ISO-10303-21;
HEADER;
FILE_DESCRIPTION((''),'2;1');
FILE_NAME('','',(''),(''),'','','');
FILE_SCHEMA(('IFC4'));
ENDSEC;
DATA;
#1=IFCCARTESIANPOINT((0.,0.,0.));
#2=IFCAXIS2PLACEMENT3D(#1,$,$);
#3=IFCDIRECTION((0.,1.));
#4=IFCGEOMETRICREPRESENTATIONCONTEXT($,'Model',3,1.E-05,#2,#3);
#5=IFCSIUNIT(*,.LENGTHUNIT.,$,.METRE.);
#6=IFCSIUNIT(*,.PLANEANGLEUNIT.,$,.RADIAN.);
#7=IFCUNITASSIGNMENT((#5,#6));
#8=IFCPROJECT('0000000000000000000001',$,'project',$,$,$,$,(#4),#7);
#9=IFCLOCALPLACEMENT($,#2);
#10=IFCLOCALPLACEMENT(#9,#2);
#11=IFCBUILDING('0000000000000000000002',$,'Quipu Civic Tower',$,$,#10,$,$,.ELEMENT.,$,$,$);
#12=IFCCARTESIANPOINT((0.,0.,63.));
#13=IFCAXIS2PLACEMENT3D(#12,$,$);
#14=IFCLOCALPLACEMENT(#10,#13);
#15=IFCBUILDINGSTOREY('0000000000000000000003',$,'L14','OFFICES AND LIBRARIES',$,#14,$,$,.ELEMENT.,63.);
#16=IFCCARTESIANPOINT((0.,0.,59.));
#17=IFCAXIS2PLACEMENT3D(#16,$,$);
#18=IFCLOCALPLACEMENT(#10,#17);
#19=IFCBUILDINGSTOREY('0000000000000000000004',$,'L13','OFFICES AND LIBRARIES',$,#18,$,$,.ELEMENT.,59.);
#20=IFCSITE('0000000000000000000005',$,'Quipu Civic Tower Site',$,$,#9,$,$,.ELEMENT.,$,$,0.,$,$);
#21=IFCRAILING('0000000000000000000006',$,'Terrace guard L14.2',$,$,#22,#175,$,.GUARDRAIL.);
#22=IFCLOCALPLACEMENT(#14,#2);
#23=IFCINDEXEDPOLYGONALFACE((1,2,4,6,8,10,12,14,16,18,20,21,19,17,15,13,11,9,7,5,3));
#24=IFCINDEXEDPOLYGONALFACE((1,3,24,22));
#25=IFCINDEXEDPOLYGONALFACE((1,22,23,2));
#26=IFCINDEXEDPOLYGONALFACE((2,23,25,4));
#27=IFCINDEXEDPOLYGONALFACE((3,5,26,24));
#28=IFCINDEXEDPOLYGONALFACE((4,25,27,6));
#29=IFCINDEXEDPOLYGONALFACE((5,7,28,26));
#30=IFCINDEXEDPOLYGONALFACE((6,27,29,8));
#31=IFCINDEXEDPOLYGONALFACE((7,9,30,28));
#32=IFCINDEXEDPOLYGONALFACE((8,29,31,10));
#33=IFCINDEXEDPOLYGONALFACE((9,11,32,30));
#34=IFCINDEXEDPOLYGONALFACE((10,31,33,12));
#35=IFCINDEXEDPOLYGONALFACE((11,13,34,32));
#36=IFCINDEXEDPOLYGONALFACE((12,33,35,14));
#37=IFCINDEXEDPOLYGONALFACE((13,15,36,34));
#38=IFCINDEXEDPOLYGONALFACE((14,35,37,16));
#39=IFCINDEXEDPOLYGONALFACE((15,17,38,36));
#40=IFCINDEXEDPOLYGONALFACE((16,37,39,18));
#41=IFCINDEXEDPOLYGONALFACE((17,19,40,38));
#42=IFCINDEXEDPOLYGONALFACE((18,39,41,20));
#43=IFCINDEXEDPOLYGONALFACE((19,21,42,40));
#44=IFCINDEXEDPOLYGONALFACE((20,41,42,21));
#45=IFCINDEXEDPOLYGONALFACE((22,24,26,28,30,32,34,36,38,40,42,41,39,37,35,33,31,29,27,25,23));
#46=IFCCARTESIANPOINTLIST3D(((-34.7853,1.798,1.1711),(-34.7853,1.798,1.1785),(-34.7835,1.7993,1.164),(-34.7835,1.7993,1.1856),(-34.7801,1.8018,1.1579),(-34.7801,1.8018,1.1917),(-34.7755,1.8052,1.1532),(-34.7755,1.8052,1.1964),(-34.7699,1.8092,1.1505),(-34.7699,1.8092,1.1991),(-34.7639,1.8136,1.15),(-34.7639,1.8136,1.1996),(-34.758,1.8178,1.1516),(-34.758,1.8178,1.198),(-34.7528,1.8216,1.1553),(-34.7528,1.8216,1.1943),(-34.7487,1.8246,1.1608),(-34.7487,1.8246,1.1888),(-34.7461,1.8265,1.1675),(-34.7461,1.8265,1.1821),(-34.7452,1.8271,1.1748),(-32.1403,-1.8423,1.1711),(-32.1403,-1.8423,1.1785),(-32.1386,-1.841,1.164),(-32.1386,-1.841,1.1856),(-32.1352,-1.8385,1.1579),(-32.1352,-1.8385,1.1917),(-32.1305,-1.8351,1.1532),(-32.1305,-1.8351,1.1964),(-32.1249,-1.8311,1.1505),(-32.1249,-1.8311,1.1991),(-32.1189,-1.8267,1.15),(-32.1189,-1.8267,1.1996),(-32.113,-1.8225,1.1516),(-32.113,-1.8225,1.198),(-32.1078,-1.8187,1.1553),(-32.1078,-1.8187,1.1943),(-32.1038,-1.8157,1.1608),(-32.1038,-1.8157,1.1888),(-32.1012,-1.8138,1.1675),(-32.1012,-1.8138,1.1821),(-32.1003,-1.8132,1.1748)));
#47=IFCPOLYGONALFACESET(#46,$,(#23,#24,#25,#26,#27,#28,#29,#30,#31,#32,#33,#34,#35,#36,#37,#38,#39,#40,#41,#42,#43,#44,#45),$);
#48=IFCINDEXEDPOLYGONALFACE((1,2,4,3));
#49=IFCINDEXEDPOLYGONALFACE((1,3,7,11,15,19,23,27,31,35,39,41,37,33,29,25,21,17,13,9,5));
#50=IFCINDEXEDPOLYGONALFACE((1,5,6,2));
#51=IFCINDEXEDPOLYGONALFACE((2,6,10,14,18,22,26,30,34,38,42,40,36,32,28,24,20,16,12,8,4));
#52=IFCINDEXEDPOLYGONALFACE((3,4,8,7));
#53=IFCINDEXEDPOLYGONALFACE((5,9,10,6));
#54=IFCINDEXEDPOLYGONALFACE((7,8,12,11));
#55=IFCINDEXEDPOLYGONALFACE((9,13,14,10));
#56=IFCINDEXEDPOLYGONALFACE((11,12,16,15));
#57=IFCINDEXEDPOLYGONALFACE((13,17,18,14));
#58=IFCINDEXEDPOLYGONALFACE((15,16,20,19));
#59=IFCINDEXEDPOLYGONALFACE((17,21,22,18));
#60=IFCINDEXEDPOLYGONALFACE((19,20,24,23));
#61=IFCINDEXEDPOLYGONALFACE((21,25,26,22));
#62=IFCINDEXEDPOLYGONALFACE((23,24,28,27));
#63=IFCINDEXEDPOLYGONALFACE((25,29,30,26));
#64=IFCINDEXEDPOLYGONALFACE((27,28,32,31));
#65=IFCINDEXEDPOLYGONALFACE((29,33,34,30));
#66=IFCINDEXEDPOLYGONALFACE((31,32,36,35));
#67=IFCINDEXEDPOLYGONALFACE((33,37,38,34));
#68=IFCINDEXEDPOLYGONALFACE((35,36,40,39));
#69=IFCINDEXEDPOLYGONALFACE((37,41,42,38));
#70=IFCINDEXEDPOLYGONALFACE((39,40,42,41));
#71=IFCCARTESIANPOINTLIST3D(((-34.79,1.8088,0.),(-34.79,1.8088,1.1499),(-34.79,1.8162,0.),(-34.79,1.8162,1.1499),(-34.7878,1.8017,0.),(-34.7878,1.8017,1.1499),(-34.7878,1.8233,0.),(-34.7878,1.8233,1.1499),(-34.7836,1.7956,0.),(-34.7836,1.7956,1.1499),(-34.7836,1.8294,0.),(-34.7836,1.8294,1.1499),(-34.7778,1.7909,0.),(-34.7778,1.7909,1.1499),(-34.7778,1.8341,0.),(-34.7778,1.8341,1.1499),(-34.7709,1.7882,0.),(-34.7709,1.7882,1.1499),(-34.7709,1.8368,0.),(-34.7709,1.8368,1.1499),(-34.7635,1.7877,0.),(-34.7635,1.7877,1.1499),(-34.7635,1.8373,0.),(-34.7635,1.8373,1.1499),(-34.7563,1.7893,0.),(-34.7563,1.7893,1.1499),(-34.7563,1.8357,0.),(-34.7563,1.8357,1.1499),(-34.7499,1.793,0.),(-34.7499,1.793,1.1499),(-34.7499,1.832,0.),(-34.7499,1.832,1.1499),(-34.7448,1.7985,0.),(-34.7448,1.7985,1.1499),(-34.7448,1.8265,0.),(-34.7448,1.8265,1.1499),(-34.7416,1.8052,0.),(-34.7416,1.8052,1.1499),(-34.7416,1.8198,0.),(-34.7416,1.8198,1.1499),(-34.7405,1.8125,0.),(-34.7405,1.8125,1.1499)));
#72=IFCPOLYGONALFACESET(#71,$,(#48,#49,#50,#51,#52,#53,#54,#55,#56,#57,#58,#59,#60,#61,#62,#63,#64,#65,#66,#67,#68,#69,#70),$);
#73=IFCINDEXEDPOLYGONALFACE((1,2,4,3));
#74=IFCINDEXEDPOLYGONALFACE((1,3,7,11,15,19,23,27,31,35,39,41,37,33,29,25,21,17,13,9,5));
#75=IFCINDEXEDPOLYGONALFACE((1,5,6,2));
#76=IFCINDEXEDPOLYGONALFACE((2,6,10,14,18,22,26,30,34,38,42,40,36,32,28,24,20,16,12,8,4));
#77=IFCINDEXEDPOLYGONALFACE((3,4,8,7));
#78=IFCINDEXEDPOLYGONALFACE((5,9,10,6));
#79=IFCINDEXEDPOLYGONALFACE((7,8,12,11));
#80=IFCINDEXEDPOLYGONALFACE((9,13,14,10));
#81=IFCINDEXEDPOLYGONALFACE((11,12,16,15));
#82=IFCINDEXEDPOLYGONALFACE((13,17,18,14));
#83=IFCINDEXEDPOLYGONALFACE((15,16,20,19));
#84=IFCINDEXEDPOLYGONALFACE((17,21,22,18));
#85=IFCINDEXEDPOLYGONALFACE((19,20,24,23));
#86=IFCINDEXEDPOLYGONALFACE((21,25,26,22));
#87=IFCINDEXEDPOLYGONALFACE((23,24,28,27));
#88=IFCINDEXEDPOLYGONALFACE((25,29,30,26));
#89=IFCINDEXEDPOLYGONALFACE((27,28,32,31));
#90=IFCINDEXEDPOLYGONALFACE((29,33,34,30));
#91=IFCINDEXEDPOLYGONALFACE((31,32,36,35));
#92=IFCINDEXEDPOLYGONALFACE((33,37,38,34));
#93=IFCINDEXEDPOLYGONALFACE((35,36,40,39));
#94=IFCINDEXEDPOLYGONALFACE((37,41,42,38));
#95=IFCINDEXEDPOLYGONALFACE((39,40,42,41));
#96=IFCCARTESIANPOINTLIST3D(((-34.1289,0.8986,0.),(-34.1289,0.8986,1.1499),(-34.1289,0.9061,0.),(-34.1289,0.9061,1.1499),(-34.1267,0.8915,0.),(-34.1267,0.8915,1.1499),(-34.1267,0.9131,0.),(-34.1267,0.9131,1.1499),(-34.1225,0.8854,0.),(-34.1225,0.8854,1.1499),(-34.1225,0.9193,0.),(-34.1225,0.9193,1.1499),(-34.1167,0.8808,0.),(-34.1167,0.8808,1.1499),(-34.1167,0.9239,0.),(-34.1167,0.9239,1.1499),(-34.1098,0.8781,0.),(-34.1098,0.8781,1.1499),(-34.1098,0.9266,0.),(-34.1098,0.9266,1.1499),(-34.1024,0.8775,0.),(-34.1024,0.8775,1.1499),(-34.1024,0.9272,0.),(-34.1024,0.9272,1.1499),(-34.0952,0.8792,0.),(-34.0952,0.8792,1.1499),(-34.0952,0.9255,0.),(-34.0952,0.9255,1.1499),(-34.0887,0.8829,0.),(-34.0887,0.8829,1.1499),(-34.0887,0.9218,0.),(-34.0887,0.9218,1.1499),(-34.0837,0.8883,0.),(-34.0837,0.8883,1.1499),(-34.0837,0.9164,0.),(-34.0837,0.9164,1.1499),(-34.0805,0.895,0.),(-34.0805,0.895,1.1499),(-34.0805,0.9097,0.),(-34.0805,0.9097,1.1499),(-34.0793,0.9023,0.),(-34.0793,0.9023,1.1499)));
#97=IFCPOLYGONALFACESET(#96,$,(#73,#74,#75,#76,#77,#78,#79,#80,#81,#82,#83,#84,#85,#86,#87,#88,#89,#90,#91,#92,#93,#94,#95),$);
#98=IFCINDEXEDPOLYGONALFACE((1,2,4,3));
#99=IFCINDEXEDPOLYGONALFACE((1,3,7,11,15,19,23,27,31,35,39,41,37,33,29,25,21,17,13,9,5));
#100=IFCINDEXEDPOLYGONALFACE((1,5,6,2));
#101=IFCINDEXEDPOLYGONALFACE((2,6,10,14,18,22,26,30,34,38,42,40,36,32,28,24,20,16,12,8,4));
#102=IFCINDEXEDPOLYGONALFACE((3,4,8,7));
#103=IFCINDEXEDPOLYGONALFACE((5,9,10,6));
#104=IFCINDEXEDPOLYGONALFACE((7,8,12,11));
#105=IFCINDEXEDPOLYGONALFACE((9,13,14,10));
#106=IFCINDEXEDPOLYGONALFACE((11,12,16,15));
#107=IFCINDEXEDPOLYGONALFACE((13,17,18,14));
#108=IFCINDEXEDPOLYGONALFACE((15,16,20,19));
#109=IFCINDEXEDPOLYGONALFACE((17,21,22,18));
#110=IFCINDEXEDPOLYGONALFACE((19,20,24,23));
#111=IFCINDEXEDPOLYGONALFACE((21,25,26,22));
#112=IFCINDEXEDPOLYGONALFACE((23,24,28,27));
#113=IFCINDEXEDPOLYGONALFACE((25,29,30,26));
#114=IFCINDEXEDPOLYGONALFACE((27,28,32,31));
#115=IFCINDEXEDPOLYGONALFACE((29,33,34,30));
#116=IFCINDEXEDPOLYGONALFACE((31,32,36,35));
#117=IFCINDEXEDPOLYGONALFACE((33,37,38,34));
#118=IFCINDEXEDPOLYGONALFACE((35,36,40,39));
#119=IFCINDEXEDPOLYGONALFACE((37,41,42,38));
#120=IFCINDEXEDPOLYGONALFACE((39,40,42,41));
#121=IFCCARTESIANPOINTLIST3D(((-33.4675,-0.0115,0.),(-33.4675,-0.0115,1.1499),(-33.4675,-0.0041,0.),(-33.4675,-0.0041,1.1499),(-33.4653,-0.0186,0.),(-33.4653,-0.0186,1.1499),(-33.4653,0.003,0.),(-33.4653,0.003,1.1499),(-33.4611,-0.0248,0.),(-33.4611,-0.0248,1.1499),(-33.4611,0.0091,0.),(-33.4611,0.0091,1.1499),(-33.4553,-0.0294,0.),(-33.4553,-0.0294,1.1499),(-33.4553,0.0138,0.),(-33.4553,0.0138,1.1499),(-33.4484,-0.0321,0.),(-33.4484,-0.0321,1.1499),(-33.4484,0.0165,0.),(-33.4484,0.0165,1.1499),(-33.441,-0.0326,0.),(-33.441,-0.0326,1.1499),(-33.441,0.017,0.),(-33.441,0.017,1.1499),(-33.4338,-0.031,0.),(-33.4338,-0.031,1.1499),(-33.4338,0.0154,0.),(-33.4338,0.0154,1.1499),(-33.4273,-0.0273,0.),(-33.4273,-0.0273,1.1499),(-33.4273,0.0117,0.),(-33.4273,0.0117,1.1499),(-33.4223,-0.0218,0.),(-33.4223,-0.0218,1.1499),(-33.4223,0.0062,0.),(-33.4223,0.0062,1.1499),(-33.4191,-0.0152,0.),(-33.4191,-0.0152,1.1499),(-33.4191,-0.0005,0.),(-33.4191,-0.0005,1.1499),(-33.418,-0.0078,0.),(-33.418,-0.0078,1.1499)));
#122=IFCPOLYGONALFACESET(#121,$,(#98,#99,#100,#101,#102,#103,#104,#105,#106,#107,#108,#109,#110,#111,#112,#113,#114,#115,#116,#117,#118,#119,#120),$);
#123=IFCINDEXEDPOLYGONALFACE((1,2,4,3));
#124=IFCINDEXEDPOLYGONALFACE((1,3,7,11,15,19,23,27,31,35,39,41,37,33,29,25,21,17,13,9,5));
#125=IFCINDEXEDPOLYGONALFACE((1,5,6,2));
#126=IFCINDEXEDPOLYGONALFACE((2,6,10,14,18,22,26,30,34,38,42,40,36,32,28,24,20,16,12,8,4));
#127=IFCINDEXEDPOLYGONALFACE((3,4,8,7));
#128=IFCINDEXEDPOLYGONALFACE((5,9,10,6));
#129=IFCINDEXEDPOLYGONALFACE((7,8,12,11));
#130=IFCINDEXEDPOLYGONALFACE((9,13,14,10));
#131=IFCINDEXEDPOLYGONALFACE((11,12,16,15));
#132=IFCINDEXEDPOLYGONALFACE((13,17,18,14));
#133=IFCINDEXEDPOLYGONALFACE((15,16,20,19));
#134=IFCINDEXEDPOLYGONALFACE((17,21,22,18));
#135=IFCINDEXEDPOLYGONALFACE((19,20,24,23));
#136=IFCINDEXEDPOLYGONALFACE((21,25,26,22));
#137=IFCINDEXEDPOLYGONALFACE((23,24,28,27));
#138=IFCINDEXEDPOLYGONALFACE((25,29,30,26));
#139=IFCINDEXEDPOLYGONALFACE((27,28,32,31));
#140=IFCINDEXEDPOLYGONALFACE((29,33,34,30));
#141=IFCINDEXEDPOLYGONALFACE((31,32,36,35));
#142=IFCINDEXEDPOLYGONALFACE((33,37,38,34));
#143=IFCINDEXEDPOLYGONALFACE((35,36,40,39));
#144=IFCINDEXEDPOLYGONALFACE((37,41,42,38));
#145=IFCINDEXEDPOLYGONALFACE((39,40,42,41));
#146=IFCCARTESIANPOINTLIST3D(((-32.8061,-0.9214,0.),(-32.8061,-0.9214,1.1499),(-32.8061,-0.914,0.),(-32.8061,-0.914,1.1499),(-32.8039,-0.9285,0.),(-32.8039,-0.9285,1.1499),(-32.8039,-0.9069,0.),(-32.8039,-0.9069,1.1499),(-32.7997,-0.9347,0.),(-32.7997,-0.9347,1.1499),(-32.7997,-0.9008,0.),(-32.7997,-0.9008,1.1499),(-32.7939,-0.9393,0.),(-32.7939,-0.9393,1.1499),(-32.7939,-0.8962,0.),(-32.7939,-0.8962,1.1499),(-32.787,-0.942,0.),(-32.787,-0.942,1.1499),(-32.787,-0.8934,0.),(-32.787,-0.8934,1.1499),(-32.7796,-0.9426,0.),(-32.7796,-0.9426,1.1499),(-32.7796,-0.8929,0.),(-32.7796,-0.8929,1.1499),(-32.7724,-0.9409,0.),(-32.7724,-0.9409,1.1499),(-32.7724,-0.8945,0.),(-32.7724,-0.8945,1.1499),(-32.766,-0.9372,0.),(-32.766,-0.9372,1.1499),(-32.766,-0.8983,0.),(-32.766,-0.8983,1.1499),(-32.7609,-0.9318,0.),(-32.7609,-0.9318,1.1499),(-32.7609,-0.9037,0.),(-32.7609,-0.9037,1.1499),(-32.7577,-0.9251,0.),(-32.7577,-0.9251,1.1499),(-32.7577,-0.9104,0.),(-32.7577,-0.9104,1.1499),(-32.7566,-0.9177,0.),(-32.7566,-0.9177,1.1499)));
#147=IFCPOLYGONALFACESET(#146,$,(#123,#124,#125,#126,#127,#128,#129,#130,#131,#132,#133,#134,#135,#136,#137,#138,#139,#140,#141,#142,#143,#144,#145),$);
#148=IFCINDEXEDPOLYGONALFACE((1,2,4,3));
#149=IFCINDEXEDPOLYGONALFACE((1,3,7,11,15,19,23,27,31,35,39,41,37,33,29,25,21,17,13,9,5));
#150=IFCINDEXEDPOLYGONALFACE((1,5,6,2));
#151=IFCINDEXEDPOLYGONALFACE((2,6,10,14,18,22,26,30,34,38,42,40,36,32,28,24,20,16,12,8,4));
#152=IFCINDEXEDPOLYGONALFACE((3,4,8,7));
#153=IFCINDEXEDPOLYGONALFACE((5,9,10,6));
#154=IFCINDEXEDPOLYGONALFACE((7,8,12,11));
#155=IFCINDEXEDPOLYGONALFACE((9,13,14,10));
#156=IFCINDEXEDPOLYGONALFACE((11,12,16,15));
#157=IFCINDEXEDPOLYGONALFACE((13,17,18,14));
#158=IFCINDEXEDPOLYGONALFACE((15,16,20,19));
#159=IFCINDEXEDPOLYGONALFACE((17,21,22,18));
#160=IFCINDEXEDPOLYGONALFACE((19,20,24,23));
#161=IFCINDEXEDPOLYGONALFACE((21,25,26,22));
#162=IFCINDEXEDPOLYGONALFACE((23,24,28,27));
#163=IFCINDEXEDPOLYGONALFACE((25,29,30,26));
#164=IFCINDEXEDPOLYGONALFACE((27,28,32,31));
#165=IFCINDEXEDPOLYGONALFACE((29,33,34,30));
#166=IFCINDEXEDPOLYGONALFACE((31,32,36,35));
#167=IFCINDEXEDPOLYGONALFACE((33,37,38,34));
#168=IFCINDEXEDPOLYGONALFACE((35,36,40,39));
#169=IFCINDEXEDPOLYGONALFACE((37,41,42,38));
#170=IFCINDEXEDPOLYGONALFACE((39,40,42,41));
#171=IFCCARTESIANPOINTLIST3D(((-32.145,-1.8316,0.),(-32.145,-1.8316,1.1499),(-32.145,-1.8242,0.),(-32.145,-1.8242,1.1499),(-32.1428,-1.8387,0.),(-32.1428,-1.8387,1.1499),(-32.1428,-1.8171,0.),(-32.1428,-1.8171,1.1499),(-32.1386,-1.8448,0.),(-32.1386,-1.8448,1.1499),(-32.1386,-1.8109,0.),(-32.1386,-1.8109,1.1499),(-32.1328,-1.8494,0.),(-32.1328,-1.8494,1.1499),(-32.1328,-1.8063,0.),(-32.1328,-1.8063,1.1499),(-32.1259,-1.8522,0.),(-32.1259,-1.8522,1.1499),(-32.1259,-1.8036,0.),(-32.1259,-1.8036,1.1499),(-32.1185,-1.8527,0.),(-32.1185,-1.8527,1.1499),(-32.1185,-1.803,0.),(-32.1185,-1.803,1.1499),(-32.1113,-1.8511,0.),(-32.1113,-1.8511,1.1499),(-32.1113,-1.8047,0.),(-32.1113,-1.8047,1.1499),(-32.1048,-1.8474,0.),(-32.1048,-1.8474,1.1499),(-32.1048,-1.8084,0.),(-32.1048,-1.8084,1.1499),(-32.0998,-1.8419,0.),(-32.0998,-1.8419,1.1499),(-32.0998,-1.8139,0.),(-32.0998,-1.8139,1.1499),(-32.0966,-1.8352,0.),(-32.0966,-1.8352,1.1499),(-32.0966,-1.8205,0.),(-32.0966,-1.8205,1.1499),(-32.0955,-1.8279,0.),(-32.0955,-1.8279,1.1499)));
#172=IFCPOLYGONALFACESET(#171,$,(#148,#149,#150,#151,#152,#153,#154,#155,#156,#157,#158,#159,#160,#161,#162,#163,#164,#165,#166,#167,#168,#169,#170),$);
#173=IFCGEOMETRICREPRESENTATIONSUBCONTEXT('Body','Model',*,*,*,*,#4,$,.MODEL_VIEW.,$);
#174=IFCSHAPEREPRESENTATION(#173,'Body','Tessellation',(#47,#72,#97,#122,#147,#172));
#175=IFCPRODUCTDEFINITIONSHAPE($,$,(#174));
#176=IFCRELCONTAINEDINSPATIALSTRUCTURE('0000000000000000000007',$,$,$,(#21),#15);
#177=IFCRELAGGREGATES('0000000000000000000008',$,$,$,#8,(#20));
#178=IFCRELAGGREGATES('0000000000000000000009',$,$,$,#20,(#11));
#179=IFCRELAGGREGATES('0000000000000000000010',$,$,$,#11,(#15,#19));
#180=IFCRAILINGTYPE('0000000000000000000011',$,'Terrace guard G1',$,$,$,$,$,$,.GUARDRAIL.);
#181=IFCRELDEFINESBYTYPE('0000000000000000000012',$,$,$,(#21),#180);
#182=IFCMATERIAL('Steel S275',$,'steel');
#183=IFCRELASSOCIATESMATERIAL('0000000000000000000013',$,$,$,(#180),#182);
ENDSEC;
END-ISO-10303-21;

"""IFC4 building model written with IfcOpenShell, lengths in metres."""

from ifc_helpers import new_model, si_unit, direction, frame, origin, origin_2d, place, context, subcontext, project, spatial, circle, extrude, material, type_object, element, save


model = new_model("IFC4")

# Units and contexts
model_context = context("Model", 3, precision=1e-05, world=origin(), true_north=direction((0.0, 1.0)))
body_context = subcontext(model_context, "Body", "Model", "MODEL_VIEW")
ifc_project = project(units=[si_unit("LENGTHUNIT", "METRE"), si_unit("PLANEANGLEUNIT", "RADIAN")], contexts=[model_context])

# Site, building, storey
site_placement = place(None, origin())
site = spatial("IfcSite", under=ifc_project, at=site_placement, Name="Quipu Civic Tower Site", CompositionType="ELEMENT", RefElevation=0.0)
building_placement = place(site_placement, origin())
building = spatial("IfcBuilding", under=site, at=building_placement, Name="Quipu Civic Tower", CompositionType="ELEMENT")
storey_1_placement = place(building_placement, frame((0.0, 0.0, 63.0)))
storey_1 = spatial("IfcBuildingStorey", under=building, at=storey_1_placement, Name="L14", Description="OFFICES AND LIBRARIES", CompositionType="ELEMENT", Elevation=63.0)

# Shared definitions
storey_2_placement = place(building_placement, frame((0.0, 0.0, 59.0)))
storey_2 = spatial("IfcBuildingStorey", under=building, at=storey_2_placement, Name="L13", Description="OFFICES AND LIBRARIES", CompositionType="ELEMENT", Elevation=59.0)

# Railing
ifc_material_1 = material(Name="Steel S275", Category="steel")
railing_type = type_object("IfcRailingType", Name="Terrace guard G1", PredefinedType="GUARDRAIL", material=ifc_material_1)
railing_1_placement = place(storey_1_placement, frame((-34.7654, 1.8125, 0.0)))
element("IfcRailing", 1, at=railing_1_placement, inside=storey_1, type_object=railing_type, Name="Terrace guard L14.2", PredefinedType="GUARDRAIL", context=body_context, shape_type="SweptSolid", body=[
    extrude(circle(Radius=0.0249, at=origin_2d()), frame((0.0, 0.0, 1.1748), z_axis=(0.587804, -0.809003, 0.0), x_axis=(0.809003, 0.587804, 0.0)), (0.0, 0.0, 1.0), 4.4998),
    extrude(circle(Radius=0.0249, at=origin_2d()), origin(), (0.0, 0.0, 1.0), 1.1499),
    extrude(circle(Radius=0.0249, at=origin_2d()), frame((0.6611, -0.9102, 0.0)), (0.0, 0.0, 1.0), 1.1499),
    extrude(circle(Radius=0.0249, at=origin_2d()), frame((1.3225, -1.8203, 0.0)), (0.0, 0.0, 1.0), 1.1499),
    extrude(circle(Radius=0.0249, at=origin_2d()), frame((1.9839, -2.7302, 0.0)), (0.0, 0.0, 1.0), 1.1499),
    extrude(circle(Radius=0.0249, at=origin_2d()), frame((2.645, -3.6404, 0.0)), (0.0, 0.0, 1.0), 1.1499),
])

save(model, "model.ifc")
